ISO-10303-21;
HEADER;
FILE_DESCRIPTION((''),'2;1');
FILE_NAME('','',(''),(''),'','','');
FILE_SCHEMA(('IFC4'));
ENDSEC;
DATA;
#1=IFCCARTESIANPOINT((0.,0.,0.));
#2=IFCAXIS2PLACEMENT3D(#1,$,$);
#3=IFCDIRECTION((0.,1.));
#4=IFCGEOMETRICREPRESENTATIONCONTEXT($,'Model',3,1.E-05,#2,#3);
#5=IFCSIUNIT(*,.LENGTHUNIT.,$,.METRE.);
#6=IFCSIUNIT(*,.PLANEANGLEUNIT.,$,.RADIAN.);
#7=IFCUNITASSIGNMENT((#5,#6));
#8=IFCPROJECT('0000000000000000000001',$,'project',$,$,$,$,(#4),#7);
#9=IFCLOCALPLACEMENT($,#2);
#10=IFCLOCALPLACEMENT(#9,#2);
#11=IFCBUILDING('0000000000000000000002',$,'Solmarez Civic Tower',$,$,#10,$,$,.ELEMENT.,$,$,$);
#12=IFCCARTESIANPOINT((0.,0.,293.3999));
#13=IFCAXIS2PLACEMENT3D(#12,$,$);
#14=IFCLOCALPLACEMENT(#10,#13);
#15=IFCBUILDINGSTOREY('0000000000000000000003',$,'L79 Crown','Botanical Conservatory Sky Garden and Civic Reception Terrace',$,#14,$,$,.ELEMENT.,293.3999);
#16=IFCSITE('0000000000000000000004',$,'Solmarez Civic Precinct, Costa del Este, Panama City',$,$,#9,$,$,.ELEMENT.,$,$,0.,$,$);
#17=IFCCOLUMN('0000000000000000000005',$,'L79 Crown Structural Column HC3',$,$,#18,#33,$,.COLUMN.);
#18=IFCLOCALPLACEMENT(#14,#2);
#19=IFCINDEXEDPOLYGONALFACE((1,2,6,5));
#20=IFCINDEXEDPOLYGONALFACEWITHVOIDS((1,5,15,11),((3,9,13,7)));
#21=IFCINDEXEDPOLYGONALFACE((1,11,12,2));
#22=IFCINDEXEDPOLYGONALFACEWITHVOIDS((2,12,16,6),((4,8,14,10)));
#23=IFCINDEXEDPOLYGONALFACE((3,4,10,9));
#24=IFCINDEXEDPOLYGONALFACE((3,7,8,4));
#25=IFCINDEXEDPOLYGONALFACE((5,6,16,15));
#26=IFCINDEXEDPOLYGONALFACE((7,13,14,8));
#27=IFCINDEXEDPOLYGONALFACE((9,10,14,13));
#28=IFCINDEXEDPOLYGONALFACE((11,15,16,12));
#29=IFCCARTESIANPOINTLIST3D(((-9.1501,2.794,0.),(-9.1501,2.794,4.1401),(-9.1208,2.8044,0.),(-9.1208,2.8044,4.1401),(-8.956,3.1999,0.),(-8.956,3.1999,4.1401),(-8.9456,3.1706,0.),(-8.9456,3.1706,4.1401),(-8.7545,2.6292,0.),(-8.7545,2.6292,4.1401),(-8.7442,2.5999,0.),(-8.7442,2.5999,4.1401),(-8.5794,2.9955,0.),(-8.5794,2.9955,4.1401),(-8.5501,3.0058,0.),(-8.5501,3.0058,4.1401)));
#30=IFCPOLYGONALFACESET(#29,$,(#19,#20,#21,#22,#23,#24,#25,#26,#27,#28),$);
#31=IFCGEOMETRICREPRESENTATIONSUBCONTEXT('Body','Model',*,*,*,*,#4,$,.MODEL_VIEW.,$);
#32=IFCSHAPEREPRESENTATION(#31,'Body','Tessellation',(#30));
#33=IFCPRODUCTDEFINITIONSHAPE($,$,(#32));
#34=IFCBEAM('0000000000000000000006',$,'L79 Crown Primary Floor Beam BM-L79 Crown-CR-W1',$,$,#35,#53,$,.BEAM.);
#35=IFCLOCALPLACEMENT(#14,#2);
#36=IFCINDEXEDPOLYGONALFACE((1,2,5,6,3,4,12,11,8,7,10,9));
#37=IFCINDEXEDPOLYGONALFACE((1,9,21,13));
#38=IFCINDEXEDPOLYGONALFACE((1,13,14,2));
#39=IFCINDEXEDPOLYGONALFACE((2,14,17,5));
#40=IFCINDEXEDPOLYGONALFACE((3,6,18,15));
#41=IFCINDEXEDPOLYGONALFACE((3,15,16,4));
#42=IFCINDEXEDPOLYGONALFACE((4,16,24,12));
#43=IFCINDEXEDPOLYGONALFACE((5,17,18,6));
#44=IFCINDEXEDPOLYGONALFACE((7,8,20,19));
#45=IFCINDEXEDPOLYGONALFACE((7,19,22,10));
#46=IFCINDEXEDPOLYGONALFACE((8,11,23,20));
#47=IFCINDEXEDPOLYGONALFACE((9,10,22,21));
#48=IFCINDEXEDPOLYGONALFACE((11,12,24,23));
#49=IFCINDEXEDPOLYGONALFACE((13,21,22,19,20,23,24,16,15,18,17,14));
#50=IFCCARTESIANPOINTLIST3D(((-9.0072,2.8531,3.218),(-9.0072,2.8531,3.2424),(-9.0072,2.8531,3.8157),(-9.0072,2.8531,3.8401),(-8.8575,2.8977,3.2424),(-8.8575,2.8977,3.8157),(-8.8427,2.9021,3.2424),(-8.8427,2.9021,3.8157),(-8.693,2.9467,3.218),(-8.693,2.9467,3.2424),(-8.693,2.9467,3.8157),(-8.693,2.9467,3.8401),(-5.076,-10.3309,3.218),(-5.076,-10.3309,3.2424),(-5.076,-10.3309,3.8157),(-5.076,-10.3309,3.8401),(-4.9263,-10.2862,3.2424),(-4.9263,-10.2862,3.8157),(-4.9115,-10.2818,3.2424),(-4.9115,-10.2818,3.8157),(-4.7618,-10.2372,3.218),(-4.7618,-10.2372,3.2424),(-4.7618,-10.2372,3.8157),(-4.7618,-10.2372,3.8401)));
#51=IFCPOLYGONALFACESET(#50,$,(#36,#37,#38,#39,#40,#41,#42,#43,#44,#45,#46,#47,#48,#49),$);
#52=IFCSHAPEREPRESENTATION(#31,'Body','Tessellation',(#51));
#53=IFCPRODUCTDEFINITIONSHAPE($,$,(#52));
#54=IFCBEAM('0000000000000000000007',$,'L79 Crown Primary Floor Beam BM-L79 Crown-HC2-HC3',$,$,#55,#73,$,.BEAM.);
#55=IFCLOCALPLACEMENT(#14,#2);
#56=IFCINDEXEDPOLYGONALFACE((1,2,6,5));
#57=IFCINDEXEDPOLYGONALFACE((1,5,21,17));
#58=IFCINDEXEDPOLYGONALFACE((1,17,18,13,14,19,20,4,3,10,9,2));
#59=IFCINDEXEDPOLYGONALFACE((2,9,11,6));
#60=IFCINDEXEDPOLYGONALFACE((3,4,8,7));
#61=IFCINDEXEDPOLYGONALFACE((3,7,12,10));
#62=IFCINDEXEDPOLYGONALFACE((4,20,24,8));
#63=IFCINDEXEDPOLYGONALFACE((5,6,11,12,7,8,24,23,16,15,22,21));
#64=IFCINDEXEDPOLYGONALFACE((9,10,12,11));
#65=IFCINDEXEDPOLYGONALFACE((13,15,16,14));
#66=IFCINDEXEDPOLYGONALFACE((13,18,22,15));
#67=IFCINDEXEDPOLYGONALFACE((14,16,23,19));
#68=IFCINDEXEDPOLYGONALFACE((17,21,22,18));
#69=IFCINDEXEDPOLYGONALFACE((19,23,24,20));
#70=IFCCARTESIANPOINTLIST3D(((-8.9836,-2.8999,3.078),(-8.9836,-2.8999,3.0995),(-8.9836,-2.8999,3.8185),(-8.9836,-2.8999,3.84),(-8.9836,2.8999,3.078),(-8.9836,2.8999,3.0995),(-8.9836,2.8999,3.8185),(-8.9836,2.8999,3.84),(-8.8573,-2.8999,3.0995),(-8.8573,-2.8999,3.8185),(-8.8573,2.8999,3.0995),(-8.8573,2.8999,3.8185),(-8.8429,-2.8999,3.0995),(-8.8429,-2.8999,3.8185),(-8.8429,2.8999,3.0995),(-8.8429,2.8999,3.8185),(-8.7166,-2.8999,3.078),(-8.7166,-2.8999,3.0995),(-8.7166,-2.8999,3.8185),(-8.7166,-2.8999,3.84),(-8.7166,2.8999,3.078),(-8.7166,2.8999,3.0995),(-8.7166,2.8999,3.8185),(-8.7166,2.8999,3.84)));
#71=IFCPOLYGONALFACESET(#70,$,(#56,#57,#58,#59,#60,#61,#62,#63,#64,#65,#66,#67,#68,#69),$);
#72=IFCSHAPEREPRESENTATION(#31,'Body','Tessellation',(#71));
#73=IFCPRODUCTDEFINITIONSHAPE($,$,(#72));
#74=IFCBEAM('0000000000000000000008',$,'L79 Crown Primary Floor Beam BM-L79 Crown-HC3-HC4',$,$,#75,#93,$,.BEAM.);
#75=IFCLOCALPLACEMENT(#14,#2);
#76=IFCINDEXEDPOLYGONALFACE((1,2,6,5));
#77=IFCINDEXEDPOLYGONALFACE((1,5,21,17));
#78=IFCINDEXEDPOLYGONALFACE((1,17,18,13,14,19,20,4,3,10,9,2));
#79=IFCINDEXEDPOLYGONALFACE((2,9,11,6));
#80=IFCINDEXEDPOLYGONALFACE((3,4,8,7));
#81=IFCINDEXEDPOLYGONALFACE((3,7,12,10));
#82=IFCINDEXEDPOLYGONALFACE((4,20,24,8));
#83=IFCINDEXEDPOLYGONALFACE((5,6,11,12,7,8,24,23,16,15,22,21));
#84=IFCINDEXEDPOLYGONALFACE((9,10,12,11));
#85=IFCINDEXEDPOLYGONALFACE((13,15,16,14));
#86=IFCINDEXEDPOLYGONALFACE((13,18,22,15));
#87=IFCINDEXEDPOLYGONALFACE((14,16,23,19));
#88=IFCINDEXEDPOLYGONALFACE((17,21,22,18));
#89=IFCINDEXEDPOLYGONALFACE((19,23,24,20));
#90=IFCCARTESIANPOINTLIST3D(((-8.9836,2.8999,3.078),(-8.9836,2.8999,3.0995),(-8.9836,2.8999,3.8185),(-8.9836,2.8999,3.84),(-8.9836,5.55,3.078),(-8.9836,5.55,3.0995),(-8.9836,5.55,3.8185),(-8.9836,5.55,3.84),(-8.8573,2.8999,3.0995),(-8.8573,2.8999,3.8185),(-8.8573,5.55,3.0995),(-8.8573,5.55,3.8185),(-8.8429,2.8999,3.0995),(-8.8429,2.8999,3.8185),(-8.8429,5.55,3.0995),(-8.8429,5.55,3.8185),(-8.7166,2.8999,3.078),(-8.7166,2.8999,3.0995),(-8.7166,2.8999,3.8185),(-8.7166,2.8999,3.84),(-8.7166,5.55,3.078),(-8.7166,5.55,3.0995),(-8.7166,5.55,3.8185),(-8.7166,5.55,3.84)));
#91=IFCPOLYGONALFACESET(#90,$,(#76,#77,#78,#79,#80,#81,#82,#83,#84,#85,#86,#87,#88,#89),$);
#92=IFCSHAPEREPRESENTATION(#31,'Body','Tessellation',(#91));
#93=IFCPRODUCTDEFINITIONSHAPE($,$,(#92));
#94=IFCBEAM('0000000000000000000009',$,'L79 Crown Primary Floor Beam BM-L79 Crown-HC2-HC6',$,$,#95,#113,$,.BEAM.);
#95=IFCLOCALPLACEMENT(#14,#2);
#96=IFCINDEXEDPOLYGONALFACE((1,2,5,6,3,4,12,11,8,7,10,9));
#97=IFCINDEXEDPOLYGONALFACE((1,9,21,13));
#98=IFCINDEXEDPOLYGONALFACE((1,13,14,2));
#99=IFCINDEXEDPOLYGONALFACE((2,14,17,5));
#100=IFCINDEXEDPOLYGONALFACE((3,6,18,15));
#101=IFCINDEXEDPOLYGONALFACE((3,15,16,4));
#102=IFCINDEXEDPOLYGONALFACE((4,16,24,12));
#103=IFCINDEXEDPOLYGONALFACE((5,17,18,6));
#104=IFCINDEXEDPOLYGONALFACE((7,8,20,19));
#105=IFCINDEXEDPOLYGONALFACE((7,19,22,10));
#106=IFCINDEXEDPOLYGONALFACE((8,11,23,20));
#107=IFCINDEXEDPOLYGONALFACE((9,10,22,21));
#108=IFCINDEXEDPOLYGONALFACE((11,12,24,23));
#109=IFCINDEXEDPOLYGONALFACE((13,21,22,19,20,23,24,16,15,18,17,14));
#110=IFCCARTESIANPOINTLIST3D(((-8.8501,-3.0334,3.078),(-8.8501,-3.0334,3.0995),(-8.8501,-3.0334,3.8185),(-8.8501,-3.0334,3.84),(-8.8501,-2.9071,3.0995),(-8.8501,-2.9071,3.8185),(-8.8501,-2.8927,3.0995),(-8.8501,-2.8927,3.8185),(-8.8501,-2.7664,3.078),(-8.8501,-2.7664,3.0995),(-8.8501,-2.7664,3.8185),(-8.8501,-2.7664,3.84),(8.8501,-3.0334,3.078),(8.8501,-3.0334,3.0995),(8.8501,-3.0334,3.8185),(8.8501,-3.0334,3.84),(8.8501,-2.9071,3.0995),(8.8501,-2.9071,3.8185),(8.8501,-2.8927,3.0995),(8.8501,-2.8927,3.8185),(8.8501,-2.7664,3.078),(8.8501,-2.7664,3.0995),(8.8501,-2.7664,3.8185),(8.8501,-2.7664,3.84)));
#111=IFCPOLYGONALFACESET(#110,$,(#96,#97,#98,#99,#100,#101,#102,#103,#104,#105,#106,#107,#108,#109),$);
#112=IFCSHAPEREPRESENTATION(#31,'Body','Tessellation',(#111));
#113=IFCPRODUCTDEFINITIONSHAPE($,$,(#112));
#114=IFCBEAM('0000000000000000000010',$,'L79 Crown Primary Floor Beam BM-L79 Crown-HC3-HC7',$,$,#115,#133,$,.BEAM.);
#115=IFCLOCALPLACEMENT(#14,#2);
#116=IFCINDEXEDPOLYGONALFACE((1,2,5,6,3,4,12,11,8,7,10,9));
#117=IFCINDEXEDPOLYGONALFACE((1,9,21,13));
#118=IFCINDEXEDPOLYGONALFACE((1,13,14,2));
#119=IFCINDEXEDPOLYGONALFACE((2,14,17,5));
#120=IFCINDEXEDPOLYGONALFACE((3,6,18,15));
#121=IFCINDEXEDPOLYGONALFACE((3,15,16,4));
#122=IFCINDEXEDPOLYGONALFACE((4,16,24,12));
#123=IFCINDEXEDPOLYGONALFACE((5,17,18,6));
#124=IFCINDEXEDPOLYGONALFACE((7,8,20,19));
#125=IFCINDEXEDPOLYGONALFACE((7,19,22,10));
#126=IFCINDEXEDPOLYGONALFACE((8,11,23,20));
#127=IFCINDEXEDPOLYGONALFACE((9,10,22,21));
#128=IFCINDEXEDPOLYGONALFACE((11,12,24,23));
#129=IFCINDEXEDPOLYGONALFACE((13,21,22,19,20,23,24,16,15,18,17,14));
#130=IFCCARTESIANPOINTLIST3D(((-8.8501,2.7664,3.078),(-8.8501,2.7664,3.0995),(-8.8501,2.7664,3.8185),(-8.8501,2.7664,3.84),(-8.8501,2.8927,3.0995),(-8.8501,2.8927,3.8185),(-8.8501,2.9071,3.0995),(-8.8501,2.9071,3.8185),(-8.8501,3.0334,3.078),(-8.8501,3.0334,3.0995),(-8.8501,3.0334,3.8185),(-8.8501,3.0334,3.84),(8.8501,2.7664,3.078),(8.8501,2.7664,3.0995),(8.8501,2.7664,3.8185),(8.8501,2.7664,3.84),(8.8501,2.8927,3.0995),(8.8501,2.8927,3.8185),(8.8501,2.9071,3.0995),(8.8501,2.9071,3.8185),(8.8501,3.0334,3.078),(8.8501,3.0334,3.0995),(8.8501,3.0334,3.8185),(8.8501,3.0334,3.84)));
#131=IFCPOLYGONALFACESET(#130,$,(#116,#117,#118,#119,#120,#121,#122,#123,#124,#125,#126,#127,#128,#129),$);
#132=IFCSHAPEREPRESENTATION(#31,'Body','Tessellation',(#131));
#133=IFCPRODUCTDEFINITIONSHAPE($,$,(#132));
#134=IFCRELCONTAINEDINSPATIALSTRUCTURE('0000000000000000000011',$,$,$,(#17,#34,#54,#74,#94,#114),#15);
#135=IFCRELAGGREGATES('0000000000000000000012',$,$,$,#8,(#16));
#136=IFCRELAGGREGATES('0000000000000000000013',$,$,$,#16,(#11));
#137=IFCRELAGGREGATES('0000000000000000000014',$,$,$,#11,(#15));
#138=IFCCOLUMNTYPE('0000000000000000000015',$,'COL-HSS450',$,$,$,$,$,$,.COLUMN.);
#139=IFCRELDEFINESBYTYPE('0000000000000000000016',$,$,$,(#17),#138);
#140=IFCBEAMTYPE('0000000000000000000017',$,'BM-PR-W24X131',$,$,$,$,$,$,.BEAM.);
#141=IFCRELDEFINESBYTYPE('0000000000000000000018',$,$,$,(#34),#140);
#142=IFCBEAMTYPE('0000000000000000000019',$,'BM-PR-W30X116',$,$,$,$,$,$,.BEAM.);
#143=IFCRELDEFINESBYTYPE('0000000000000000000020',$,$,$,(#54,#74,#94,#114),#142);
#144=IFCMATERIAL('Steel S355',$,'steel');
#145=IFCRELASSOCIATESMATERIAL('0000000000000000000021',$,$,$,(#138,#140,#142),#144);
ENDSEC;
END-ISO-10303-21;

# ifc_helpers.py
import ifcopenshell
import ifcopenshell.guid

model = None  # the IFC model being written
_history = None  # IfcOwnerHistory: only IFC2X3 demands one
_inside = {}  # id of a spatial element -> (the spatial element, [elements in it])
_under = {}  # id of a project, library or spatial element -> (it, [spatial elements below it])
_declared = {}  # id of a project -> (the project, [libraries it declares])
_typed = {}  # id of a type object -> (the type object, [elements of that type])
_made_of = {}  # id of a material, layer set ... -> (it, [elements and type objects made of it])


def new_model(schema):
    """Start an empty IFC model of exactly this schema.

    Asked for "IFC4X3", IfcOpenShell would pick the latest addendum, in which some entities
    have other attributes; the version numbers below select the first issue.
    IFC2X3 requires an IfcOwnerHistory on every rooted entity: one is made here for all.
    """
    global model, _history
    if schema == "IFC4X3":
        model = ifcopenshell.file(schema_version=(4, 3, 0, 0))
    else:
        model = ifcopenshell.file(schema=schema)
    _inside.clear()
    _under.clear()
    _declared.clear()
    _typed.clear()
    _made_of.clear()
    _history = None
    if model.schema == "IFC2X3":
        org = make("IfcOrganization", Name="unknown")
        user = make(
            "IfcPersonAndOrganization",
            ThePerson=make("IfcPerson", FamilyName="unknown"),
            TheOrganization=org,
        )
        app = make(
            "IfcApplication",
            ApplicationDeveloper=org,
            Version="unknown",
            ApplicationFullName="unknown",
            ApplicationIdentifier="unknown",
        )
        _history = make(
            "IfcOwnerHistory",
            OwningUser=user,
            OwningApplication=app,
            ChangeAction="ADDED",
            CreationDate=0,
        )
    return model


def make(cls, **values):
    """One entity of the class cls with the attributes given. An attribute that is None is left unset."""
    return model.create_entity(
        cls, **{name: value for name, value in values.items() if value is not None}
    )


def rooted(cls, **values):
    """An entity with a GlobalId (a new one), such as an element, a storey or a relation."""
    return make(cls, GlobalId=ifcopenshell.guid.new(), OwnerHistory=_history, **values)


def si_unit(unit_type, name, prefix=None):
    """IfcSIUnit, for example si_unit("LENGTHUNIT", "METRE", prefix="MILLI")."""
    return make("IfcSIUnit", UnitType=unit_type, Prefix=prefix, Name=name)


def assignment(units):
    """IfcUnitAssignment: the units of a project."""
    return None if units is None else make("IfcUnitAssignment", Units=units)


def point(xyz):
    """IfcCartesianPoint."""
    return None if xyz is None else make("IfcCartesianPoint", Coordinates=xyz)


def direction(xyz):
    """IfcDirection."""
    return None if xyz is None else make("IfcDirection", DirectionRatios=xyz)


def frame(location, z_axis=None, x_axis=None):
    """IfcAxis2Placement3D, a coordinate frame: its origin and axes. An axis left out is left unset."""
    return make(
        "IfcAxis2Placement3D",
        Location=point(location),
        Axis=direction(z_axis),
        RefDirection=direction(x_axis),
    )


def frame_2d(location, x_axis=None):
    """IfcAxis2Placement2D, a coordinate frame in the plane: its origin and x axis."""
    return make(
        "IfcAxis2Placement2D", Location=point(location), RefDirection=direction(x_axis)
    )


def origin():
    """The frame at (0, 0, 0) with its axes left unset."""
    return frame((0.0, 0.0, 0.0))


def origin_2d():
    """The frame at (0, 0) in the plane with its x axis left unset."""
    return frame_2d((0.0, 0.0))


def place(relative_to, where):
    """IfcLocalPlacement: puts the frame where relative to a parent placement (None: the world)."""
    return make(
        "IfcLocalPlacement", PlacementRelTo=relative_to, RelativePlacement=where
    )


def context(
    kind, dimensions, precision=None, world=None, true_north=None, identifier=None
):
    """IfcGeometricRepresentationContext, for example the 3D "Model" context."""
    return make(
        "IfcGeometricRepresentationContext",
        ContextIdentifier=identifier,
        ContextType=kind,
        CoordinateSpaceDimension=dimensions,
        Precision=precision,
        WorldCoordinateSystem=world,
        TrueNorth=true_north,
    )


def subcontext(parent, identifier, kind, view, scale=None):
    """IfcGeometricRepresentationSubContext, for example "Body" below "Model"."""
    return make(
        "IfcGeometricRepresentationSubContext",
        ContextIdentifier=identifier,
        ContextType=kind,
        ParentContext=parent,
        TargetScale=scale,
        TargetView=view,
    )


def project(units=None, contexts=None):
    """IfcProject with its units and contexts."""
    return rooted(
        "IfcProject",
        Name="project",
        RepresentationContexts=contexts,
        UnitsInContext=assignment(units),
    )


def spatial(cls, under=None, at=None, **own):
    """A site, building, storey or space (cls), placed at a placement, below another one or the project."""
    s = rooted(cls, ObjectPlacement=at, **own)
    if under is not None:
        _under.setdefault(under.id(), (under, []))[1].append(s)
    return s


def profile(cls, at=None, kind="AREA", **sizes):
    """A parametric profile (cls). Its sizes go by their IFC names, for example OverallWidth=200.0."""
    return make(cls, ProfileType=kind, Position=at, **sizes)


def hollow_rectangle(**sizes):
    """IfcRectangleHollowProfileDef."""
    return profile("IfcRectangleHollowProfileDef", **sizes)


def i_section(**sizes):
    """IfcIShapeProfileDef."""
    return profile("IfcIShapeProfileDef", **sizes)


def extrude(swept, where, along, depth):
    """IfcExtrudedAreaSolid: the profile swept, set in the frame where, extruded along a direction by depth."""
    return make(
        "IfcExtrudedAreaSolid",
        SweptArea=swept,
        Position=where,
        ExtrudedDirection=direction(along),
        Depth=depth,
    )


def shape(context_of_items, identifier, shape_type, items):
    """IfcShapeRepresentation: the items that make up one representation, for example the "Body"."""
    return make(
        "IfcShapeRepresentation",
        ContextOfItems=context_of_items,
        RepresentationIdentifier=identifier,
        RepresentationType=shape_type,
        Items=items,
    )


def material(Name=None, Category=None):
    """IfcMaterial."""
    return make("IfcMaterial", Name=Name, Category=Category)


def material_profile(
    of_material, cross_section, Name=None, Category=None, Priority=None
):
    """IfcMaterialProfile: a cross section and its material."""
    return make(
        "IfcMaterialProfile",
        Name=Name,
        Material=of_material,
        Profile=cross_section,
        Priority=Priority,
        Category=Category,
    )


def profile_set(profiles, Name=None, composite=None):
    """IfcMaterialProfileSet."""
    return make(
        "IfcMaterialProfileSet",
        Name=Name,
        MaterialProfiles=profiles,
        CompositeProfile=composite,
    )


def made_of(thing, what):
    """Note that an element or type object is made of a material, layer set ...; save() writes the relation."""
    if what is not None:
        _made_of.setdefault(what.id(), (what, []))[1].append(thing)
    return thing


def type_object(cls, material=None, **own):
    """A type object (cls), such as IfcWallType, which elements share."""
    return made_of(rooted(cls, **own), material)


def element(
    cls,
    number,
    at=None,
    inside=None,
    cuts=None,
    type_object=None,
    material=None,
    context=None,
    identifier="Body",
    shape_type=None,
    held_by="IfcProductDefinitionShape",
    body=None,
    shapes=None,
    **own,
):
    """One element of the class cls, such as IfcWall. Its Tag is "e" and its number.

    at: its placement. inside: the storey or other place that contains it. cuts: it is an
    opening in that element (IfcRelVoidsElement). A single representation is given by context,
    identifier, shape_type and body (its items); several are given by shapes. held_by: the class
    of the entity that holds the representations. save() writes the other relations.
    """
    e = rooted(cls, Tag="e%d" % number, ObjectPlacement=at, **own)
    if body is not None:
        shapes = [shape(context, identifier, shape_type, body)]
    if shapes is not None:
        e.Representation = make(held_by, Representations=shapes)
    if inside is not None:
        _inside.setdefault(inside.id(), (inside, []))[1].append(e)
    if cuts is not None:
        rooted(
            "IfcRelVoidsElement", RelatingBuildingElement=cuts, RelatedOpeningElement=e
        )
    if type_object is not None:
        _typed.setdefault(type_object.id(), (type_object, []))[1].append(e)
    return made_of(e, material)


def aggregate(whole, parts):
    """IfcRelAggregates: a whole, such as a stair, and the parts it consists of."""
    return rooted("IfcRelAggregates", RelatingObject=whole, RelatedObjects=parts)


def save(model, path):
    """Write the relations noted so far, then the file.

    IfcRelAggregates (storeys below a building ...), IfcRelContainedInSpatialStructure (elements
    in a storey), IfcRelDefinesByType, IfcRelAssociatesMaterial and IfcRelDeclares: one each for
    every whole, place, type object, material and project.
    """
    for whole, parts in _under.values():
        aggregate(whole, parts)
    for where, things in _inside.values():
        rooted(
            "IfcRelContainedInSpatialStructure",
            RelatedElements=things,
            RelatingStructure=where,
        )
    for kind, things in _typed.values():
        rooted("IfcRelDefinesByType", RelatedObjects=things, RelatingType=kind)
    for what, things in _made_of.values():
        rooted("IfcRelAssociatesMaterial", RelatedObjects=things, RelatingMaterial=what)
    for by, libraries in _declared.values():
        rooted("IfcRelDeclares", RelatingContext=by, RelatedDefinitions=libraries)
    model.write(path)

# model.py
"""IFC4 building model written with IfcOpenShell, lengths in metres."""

from ifc_helpers import new_model, si_unit, direction, frame, origin, origin_2d, place, context, subcontext, project, spatial, hollow_rectangle, i_section, extrude, material, material_profile, profile_set, type_object, element, save


model = new_model("IFC4")

# Units and contexts
model_context = context("Model", 3, precision=1e-05, world=origin(), true_north=direction((0.0, 1.0)))
body_context = subcontext(model_context, "Body", "Model", "MODEL_VIEW")
ifc_project = project(units=[si_unit("LENGTHUNIT", "METRE"), si_unit("PLANEANGLEUNIT", "RADIAN")], contexts=[model_context])

# Site, building, storey
site_placement = place(None, origin())
site = spatial("IfcSite", under=ifc_project, at=site_placement, Name="Solmarez Civic Precinct, Costa del Este, Panama City", CompositionType="ELEMENT", RefElevation=0.0)
building_placement = place(site_placement, origin())
building = spatial("IfcBuilding", under=site, at=building_placement, Name="Solmarez Civic Tower", CompositionType="ELEMENT")
storey_placement = place(building_placement, frame((0.0, 0.0, 293.3999)))
storey = spatial("IfcBuildingStorey", under=building, at=storey_placement, Name="L79 Crown", Description="Botanical Conservatory Sky Garden and Civic Reception Terrace", CompositionType="ELEMENT", Elevation=293.3999)

# Column
ifc_material_1 = material(Name="Steel S355", Category="steel")
ifc_material_profile_1 = material_profile(ifc_material_1, hollow_rectangle(XDim=0.45, YDim=0.45, WallThickness=0.022, at=origin_2d()), Name="HSS450X450X22")
ifc_profile_set_1 = profile_set([ifc_material_profile_1], Name="Steel S355")
column_type = type_object("IfcColumnType", Name="COL-HSS450", PredefinedType="COLUMN", material=ifc_profile_set_1)
column_placement = place(storey_placement, frame((-8.8501, 2.8999, 0.0), z_axis=(0.0, 0.0, 1.0), x_axis=(0.431456, 0.902134, 0.0)))
element("IfcColumn", 1, at=column_placement, inside=storey, type_object=column_type, Name="L79 Crown Structural Column HC3", PredefinedType="COLUMN", context=body_context, shape_type="SweptSolid", body=[
    extrude(hollow_rectangle(XDim=0.45, YDim=0.45, WallThickness=0.022, at=origin_2d()), origin(), (0.0, 0.0, 1.0), 4.1401),
])

# Beams
ifc_material_profile_2 = material_profile(ifc_material_1, i_section(OverallWidth=0.3279, OverallDepth=0.6221, WebThickness=0.0154, FlangeThickness=0.0244, at=origin_2d()), Name="W24X131")
ifc_profile_set_2 = profile_set([ifc_material_profile_2], Name="Steel S355")
beam_type_1 = type_object("IfcBeamType", Name="BM-PR-W24X131", PredefinedType="BEAM", material=ifc_profile_set_2)
beam_1_placement = place(storey_placement, frame((-8.8501, 2.8999, 3.5291), z_axis=(0.285747, -0.958305, 0.0), x_axis=(0.958305, 0.285747, 0.0)))
element("IfcBeam", 2, at=beam_1_placement, inside=storey, type_object=beam_type_1, Name="L79 Crown Primary Floor Beam BM-L79 Crown-CR-W1", PredefinedType="BEAM", context=body_context, shape_type="SweptSolid", body=[
    extrude(i_section(OverallWidth=0.3279, OverallDepth=0.6221, WebThickness=0.0154, FlangeThickness=0.0244, at=origin_2d()), origin(), (0.0, 0.0, 1.0), 13.7576),
])
ifc_material_profile_3 = material_profile(ifc_material_1, i_section(OverallWidth=0.2671, OverallDepth=0.762, WebThickness=0.0144, FlangeThickness=0.0215, at=origin_2d()), Name="W30X116")
ifc_profile_set_3 = profile_set([ifc_material_profile_3], Name="Steel S355")
beam_type_2 = type_object("IfcBeamType", Name="BM-PR-W30X116", PredefinedType="BEAM", material=ifc_profile_set_3)
beam_2_placement = place(storey_placement, frame((-8.8501, -2.8999, 3.459), z_axis=(0.0, 1.0, 0.0), x_axis=(-1.0, 0.0, 0.0)))
element("IfcBeam", 3, at=beam_2_placement, inside=storey, type_object=beam_type_2, Name="L79 Crown Primary Floor Beam BM-L79 Crown-HC2-HC3", PredefinedType="BEAM", context=body_context, shape_type="SweptSolid", body=[
    extrude(i_section(OverallWidth=0.2671, OverallDepth=0.762, WebThickness=0.0144, FlangeThickness=0.0215, at=origin_2d()), origin(), (0.0, 0.0, 1.0), 5.7998),
])
beam_3_placement = place(storey_placement, frame((-8.8501, 2.8999, 3.459), z_axis=(0.0, 1.0, 0.0), x_axis=(-1.0, 0.0, 0.0)))
element("IfcBeam", 4, at=beam_3_placement, inside=storey, type_object=beam_type_2, Name="L79 Crown Primary Floor Beam BM-L79 Crown-HC3-HC4", PredefinedType="BEAM", context=body_context, shape_type="SweptSolid", body=[
    extrude(i_section(OverallWidth=0.2671, OverallDepth=0.762, WebThickness=0.0144, FlangeThickness=0.0215, at=origin_2d()), origin(), (0.0, 0.0, 1.0), 2.6501),
])
for number, where, z_axis, x_axis, name in (
    (5, (-8.8501, -2.8999, 3.459), (1.0, 0.0, 0.0), (0.0, 1.0, 0.0), "L79 Crown Primary Floor Beam BM-L79 Crown-HC2-HC6"),
    (6, (-8.8501, 2.8999, 3.459), (1.0, 0.0, 0.0), (0.0, 1.0, 0.0), "L79 Crown Primary Floor Beam BM-L79 Crown-HC3-HC7"),
):
    element("IfcBeam", number, at=place(storey_placement, frame(where, z_axis=z_axis, x_axis=x_axis)), inside=storey, type_object=beam_type_2, Name=name, PredefinedType="BEAM", context=body_context, shape_type="SweptSolid", body=[
        extrude(i_section(OverallWidth=0.2671, OverallDepth=0.762, WebThickness=0.0144, FlangeThickness=0.0215, at=origin_2d()), origin(), (0.0, 0.0, 1.0), 17.7002),
    ])

save(model, "model.ifc")
